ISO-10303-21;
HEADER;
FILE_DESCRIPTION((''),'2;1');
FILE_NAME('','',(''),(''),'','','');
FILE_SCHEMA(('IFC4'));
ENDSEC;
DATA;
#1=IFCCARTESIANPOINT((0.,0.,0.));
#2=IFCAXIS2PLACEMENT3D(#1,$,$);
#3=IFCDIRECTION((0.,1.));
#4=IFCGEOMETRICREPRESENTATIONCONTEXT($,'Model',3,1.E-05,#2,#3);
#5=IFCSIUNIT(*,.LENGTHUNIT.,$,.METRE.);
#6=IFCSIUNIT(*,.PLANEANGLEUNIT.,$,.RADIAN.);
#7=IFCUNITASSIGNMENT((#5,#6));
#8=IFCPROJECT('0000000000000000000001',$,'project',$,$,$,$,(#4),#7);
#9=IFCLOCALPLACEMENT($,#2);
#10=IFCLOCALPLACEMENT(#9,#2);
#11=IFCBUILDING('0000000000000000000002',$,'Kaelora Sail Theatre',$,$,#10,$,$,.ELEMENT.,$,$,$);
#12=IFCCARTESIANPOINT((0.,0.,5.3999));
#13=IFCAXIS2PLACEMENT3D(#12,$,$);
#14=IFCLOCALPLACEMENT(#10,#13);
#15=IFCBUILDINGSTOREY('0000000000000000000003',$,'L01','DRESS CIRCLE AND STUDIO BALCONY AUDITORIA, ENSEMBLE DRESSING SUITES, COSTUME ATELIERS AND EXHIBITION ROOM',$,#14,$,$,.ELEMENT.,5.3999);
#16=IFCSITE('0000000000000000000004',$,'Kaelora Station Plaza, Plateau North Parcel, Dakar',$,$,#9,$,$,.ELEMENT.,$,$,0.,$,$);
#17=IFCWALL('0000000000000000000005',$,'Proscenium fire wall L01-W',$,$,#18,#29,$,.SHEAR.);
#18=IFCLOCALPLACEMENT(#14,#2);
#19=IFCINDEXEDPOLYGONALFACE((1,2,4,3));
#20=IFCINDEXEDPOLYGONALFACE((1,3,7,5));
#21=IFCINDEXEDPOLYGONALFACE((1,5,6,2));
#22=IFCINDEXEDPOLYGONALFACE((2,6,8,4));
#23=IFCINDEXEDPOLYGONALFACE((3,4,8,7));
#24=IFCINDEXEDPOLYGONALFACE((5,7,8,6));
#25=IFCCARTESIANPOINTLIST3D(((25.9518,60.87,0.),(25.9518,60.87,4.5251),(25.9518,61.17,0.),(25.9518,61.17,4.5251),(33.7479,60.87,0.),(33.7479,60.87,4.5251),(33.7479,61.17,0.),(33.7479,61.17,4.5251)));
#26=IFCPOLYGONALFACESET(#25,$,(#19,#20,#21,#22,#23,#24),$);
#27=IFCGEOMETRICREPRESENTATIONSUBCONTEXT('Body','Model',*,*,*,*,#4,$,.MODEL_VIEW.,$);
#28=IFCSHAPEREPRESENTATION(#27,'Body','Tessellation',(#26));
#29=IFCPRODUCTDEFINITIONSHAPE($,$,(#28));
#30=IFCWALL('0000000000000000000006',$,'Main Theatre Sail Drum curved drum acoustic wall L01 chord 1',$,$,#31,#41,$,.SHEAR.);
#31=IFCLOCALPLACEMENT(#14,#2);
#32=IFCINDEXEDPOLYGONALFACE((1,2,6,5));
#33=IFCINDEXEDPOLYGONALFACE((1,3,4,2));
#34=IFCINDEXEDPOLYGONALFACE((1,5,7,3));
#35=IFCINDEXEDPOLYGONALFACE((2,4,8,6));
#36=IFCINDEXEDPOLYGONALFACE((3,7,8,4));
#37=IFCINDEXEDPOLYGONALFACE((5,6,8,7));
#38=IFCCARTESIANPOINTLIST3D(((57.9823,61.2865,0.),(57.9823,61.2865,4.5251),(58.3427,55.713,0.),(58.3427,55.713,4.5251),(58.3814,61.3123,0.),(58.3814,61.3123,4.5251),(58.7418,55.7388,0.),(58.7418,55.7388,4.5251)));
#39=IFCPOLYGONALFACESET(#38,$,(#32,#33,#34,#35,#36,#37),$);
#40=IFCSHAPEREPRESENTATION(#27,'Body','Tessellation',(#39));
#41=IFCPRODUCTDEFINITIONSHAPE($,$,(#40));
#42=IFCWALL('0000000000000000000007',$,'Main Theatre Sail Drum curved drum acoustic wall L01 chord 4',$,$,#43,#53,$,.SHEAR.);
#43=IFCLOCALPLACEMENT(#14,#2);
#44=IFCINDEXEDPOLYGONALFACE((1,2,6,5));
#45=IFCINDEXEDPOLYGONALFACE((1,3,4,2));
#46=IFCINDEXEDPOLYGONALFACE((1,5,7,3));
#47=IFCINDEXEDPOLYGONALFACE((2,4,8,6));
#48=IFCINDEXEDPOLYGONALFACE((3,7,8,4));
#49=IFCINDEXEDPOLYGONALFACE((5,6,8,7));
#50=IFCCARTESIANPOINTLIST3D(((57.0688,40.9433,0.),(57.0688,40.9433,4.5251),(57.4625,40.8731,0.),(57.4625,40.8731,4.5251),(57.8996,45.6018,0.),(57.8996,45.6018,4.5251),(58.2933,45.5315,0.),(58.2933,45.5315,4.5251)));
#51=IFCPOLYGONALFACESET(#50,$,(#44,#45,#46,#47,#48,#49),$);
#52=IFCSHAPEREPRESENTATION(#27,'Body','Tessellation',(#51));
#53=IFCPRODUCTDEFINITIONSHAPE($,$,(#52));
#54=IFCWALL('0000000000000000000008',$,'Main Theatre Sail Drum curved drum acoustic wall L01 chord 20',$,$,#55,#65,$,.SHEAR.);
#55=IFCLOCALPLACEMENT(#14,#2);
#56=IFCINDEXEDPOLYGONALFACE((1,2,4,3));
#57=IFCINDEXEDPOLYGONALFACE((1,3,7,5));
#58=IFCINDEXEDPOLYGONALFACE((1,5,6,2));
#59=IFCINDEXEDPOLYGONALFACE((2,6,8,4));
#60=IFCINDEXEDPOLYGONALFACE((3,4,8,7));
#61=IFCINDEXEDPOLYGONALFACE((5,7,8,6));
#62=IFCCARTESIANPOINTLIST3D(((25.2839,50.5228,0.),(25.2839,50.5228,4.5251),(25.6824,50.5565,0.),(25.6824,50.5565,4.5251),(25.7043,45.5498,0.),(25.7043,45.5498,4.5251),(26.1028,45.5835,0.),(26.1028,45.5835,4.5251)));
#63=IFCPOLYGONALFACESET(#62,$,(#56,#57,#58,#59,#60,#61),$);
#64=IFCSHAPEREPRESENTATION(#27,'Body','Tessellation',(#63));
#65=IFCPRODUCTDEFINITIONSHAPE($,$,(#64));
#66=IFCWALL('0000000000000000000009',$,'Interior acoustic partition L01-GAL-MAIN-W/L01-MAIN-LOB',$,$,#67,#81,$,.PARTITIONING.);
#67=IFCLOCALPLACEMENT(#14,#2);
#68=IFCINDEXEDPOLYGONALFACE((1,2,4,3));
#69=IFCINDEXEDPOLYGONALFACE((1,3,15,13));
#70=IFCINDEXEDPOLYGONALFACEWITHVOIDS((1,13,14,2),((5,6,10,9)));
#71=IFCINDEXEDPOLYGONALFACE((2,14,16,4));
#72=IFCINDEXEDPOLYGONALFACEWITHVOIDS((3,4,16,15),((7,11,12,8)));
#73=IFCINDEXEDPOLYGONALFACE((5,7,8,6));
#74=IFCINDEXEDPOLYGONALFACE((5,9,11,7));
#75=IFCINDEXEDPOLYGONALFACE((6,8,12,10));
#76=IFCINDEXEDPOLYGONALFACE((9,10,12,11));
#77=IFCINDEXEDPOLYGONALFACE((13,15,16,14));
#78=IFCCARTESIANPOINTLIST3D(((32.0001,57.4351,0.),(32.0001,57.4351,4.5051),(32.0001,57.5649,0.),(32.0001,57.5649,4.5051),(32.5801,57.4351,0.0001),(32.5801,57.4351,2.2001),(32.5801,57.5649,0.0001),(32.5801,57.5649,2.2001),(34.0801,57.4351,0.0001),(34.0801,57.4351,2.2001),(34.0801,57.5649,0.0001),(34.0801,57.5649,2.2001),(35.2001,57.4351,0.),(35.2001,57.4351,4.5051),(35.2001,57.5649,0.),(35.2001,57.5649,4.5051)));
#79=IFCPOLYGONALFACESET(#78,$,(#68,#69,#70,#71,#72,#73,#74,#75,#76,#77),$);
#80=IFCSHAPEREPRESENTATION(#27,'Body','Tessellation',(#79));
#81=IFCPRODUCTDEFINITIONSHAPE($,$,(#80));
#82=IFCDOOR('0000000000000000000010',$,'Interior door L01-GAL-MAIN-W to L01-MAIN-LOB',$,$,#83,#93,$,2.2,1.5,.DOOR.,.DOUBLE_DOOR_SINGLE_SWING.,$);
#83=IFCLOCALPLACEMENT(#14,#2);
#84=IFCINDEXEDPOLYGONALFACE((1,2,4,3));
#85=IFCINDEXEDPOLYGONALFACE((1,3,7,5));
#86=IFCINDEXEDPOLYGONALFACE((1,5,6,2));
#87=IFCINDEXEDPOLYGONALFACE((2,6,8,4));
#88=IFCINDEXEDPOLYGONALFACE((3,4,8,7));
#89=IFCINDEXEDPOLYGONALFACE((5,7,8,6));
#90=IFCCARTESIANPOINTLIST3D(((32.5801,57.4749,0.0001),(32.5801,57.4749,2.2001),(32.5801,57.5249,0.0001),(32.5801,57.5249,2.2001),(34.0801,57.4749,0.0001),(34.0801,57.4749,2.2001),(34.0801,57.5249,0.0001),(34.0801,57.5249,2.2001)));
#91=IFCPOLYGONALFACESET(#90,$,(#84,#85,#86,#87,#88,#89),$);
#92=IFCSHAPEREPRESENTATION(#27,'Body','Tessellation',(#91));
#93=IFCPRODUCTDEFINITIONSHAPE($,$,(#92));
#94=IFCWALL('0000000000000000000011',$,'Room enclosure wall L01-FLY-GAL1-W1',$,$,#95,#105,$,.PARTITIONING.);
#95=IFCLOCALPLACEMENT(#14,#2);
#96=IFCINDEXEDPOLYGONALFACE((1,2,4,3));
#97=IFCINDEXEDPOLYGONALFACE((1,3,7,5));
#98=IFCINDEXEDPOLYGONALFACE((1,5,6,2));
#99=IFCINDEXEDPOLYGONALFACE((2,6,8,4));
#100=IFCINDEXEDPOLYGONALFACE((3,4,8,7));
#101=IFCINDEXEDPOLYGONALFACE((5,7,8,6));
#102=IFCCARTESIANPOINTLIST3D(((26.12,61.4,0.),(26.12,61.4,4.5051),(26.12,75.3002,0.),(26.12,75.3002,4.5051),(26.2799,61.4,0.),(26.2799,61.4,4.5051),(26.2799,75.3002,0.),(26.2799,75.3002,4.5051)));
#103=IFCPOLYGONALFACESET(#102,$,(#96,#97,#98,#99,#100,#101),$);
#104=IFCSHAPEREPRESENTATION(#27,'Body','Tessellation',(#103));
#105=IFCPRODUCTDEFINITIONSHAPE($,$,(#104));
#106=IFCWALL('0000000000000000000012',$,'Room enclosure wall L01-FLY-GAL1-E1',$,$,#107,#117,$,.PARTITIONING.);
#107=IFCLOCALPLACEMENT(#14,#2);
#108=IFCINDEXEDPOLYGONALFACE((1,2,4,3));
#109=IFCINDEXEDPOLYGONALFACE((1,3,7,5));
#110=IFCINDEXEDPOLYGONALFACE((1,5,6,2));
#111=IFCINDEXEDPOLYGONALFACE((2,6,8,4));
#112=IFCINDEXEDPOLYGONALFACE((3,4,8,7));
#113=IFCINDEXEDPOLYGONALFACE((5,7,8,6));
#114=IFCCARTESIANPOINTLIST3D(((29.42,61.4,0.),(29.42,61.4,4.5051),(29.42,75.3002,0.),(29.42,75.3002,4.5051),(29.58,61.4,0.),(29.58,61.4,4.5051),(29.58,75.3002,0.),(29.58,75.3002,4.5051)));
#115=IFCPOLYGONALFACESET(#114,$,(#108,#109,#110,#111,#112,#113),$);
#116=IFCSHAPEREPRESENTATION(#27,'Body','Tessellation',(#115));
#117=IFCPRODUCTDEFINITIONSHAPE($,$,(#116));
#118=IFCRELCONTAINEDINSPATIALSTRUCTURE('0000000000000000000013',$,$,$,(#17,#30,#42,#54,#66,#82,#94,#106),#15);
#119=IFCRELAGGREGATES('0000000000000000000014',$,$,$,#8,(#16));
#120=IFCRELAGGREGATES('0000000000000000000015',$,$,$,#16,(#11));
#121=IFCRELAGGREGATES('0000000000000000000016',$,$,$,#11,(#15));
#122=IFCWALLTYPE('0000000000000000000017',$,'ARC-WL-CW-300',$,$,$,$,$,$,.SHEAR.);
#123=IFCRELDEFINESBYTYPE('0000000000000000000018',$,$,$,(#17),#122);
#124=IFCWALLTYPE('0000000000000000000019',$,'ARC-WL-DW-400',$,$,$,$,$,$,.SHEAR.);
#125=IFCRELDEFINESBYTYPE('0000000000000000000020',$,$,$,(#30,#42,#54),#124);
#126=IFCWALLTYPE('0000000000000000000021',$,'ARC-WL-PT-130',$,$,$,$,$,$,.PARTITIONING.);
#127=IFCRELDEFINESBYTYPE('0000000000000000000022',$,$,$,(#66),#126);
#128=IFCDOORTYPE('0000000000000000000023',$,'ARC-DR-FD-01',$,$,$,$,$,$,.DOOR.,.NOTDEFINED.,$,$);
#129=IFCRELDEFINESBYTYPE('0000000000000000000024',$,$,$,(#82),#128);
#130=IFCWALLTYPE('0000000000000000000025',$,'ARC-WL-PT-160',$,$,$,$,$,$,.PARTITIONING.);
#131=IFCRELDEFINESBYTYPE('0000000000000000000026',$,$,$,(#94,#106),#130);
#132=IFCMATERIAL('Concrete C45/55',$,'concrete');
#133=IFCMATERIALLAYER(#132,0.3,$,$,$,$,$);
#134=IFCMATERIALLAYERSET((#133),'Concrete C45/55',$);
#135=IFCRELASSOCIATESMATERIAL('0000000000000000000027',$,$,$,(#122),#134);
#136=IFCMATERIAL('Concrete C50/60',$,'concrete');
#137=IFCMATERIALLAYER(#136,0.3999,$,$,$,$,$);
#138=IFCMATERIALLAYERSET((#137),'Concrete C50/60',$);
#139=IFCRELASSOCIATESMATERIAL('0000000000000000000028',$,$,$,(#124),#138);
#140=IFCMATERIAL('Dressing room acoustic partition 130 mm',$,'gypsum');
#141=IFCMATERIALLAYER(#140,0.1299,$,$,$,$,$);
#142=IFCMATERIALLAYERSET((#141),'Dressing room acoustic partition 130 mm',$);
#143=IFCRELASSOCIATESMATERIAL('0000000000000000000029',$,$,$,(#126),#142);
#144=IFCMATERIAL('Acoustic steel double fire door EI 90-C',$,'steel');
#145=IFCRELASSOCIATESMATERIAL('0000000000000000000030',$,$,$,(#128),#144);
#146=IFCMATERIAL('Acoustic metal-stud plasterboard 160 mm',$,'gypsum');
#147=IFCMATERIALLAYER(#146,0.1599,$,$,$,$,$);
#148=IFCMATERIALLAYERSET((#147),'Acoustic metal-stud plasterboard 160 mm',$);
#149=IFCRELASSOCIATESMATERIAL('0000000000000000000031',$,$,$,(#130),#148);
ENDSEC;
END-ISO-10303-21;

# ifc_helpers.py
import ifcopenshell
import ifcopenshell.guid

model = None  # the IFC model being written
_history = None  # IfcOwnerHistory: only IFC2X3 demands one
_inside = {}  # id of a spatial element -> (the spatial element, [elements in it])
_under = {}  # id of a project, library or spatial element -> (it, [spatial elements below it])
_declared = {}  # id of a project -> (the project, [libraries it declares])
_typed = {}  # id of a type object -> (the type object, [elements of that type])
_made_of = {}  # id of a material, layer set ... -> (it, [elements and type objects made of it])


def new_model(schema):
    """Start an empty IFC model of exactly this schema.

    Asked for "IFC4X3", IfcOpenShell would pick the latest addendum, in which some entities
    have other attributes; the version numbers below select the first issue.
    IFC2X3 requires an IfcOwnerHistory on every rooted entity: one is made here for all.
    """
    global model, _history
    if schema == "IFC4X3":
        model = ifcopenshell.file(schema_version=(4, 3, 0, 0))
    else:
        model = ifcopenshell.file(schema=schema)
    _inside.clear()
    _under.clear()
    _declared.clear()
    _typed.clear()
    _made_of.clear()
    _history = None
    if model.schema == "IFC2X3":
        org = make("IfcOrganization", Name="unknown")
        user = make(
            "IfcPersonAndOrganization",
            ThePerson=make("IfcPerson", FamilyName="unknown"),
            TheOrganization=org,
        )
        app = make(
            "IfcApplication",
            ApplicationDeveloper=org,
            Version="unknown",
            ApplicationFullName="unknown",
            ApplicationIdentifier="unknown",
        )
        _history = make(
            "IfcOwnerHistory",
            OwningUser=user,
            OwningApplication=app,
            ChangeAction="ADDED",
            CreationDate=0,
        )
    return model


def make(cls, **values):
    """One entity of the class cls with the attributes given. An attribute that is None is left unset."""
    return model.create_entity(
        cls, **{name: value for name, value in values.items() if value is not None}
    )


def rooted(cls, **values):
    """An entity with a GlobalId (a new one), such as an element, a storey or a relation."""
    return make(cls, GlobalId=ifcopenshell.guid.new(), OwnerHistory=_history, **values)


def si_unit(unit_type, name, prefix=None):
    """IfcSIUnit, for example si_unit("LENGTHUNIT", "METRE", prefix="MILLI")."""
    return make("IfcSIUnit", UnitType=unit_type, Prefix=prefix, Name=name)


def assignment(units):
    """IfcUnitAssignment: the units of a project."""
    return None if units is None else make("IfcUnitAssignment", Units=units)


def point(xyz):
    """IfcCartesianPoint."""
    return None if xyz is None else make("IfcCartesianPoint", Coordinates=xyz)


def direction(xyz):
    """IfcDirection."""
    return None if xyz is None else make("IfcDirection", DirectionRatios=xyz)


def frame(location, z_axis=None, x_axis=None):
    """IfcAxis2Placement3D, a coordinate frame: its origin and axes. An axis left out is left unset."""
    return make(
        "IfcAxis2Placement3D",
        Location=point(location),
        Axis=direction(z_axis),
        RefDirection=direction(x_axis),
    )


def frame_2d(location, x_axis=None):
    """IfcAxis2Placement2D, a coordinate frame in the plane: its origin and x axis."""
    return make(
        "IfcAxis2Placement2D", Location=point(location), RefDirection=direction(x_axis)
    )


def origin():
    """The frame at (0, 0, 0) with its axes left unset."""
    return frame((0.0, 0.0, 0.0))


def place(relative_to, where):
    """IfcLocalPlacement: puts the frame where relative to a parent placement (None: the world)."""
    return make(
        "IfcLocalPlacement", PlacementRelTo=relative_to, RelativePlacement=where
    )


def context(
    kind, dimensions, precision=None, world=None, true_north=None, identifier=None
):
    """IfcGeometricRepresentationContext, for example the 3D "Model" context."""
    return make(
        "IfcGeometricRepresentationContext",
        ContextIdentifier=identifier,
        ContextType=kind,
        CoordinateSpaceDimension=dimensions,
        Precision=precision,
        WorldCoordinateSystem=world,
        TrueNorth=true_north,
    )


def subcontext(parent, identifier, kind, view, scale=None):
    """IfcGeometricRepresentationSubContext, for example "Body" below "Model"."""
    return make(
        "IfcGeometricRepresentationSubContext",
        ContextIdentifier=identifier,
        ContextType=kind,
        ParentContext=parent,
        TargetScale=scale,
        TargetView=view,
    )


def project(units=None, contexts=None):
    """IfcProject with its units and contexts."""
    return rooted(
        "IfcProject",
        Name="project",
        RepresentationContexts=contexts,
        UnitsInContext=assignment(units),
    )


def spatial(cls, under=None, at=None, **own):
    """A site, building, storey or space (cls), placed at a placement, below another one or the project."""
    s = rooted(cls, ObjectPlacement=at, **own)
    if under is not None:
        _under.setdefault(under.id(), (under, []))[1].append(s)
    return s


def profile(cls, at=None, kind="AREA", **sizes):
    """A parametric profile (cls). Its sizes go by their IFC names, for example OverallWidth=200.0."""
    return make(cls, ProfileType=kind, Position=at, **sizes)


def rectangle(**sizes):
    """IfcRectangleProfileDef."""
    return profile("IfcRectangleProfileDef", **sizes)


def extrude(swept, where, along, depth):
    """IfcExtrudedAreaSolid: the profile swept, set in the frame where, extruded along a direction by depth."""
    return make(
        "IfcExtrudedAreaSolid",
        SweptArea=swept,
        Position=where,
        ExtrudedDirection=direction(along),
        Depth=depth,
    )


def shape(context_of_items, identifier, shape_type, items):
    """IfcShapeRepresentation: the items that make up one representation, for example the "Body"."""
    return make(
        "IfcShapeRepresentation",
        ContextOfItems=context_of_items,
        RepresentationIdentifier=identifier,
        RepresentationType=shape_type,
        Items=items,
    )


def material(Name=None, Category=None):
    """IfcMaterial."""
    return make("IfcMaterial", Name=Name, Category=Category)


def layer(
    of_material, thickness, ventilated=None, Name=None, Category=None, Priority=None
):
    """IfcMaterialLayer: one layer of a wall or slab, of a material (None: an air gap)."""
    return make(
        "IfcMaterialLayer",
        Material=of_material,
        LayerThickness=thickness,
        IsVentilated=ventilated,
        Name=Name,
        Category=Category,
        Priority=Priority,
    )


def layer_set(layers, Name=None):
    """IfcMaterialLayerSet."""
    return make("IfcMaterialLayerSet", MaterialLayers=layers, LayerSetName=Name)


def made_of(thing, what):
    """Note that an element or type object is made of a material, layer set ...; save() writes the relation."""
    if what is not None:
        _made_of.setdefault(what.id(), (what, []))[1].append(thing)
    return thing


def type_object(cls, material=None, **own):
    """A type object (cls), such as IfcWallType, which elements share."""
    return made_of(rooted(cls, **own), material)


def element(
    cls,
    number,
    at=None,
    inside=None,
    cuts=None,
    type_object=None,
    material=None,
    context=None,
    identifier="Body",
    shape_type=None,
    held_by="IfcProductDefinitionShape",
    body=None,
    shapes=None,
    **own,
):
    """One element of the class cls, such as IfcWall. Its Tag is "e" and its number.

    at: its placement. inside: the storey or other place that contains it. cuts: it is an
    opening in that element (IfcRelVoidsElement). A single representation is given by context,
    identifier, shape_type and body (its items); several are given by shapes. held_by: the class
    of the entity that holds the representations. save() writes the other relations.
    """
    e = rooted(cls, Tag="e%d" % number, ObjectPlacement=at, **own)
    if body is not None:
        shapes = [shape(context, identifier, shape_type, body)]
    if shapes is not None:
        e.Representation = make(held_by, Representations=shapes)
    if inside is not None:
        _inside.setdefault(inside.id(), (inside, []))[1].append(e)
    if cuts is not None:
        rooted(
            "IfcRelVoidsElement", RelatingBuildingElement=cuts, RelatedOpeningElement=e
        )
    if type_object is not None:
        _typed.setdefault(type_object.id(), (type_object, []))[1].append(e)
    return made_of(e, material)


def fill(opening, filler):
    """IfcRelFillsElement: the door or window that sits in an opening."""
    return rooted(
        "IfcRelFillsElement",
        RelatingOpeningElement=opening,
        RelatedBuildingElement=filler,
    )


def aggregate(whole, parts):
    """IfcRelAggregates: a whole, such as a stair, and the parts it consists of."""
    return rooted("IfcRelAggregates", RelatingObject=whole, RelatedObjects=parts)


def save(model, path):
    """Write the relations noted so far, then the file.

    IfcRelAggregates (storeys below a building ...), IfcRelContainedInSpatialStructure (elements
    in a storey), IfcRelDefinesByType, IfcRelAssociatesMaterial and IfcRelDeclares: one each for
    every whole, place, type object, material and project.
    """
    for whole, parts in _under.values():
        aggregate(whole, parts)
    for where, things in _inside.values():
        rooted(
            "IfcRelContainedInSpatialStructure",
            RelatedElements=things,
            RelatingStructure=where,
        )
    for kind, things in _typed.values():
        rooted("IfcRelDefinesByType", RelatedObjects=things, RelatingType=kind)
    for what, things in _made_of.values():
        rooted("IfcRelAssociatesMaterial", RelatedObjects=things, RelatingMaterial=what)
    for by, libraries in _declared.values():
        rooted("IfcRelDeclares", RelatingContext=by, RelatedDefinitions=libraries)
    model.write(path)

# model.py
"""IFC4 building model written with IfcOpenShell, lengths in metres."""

from ifc_helpers import new_model, si_unit, direction, frame, frame_2d, origin, place, context, subcontext, project, spatial, rectangle, extrude, material, layer, layer_set, type_object, element, fill, save


model = new_model("IFC4")

# Units and contexts
model_context = context("Model", 3, precision=1e-05, world=origin(), true_north=direction((0.0, 1.0)))
body_context = subcontext(model_context, "Body", "Model", "MODEL_VIEW")
ifc_project = project(units=[si_unit("LENGTHUNIT", "METRE"), si_unit("PLANEANGLEUNIT", "RADIAN")], contexts=[model_context])

# Site, building, storey
site_placement = place(None, origin())
site = spatial("IfcSite", under=ifc_project, at=site_placement, Name="Kaelora Station Plaza, Plateau North Parcel, Dakar", CompositionType="ELEMENT", RefElevation=0.0)
building_placement = place(site_placement, origin())
building = spatial("IfcBuilding", under=site, at=building_placement, Name="Kaelora Sail Theatre", CompositionType="ELEMENT")
storey_placement = place(building_placement, frame((0.0, 0.0, 5.3999)))
storey = spatial("IfcBuildingStorey", under=building, at=storey_placement, Name="L01", Description="DRESS CIRCLE AND STUDIO BALCONY AUDITORIA, ENSEMBLE DRESSING SUITES, COSTUME ATELIERS AND EXHIBITION ROOM", CompositionType="ELEMENT", Elevation=5.3999)

# Wall
ifc_material_1 = material(Name="Concrete C45/55", Category="concrete")
ifc_layer_1 = layer(ifc_material_1, 0.3)
ifc_layer_set_1 = layer_set([ifc_layer_1], Name="Concrete C45/55")
wall_type_1 = type_object("IfcWallType", Name="ARC-WL-CW-300", PredefinedType="SHEAR", material=ifc_layer_set_1)
wall_1_placement = place(storey_placement, frame((25.9519, 61.02, 0.0), z_axis=(0.0, 0.0, 1.0), x_axis=(1.0, 0.0, 0.0)))
element("IfcWall", 1, at=wall_1_placement, inside=storey, type_object=wall_type_1, Name="Proscenium fire wall L01-W", PredefinedType="SHEAR", context=body_context, shape_type="SweptSolid", body=[
    extrude(rectangle(XDim=7.7961, YDim=0.3, at=frame_2d((3.8979, 0.0))), origin(), (0.0, 0.0, 1.0), 4.5251),
])

# Walls
ifc_material_2 = material(Name="Concrete C50/60", Category="concrete")
ifc_layer_2 = layer(ifc_material_2, 0.3999)
ifc_layer_set_2 = layer_set([ifc_layer_2], Name="Concrete C50/60")
wall_type_2 = type_object("IfcWallType", Name="ARC-WL-DW-400", PredefinedType="SHEAR", material=ifc_layer_set_2)
wall_2_placement = place(storey_placement, frame((58.1819, 61.2993, 0.0), z_axis=(0.0, 0.0, 1.0), x_axis=(0.06452, -0.997916, 0.0)))
element("IfcWall", 2, at=wall_2_placement, inside=storey, type_object=wall_type_2, Name="Main Theatre Sail Drum curved drum acoustic wall L01 chord 1", PredefinedType="SHEAR", context=body_context, shape_type="SweptSolid", body=[
    extrude(rectangle(XDim=5.5852, YDim=0.3999, at=frame_2d((2.7925, 0.0))), origin(), (0.0, 0.0, 1.0), 4.5251),
])
wall_3_placement = place(storey_placement, frame((58.0964, 45.5667, 0.0), z_axis=(0.0, 0.0, 1.0), x_axis=(-0.175575, -0.984466, 0.0)))
element("IfcWall", 3, at=wall_3_placement, inside=storey, type_object=wall_type_2, Name="Main Theatre Sail Drum curved drum acoustic wall L01 chord 4", PredefinedType="SHEAR", context=body_context, shape_type="SweptSolid", body=[
    extrude(rectangle(XDim=4.7319, YDim=0.3999, at=frame_2d((2.366, 0.0))), origin(), (0.0, 0.0, 1.0), 4.5251),
])
wall_4_placement = place(storey_placement, frame((25.9036, 45.5667, 0.0), z_axis=(0.0, 0.0, 1.0), x_axis=(-0.08424, 0.996446, 0.0)))
element("IfcWall", 4, at=wall_4_placement, inside=storey, type_object=wall_type_2, Name="Main Theatre Sail Drum curved drum acoustic wall L01 chord 20", PredefinedType="SHEAR", context=body_context, shape_type="SweptSolid", body=[
    extrude(rectangle(XDim=4.9907, YDim=0.3999, at=frame_2d((2.4954, 0.0))), origin(), (0.0, 0.0, 1.0), 4.5251),
])

# Wall, opening, door
ifc_material_3 = material(Name="Dressing room acoustic partition 130 mm", Category="gypsum")
ifc_layer_3 = layer(ifc_material_3, 0.1299)
ifc_layer_set_3 = layer_set([ifc_layer_3], Name="Dressing room acoustic partition 130 mm")
wall_type_3 = type_object("IfcWallType", Name="ARC-WL-PT-130", PredefinedType="PARTITIONING", material=ifc_layer_set_3)
wall_5_placement = place(storey_placement, frame((32.0, 57.5, 0.0), z_axis=(0.0, 0.0, 1.0), x_axis=(1.0, 0.0, 0.0)))
wall_5 = element("IfcWall", 5, at=wall_5_placement, inside=storey, type_object=wall_type_3, Name="Interior acoustic partition L01-GAL-MAIN-W/L01-MAIN-LOB", PredefinedType="PARTITIONING", context=body_context, shape_type="SweptSolid", body=[
    extrude(rectangle(XDim=3.2, YDim=0.1299, at=frame_2d((1.6001, 0.0))), origin(), (0.0, 0.0, 1.0), 4.5051),
])
opening_1_placement = place(wall_5_placement, frame((0.5801, 0.0, 0.0)))
opening_1 = element("IfcOpeningElement", 6, at=opening_1_placement, cuts=wall_5, PredefinedType="OPENING", context=body_context, shape_type="SweptSolid", body=[
    extrude(rectangle(XDim=1.5, YDim=2.2, at=frame_2d((0.75, 1.1001))), frame((0.0, 0.0749, 0.0), z_axis=(0.0, -1.0, 0.0), x_axis=(1.0, 0.0, 0.0)), (0.0, 0.0, 1.0), 0.1499),
])
ifc_material_4 = material(Name="Acoustic steel double fire door EI 90-C", Category="steel")
door_type_1 = type_object("IfcDoorType", Name="ARC-DR-FD-01", OperationType="NOTDEFINED", PredefinedType="DOOR", material=ifc_material_4)
door_1_placement = place(opening_1_placement, origin())
door_1 = element("IfcDoor", 7, at=door_1_placement, inside=storey, type_object=door_type_1, Name="Interior door L01-GAL-MAIN-W to L01-MAIN-LOB", OperationType="DOUBLE_DOOR_SINGLE_SWING", OverallHeight=2.2, OverallWidth=1.5, PredefinedType="DOOR", context=body_context, shape_type="SweptSolid", body=[
    extrude(rectangle(XDim=1.5, YDim=2.2, at=frame_2d((0.75, 1.1001))), frame((0.0, 0.0249, 0.0), z_axis=(0.0, -1.0, 0.0), x_axis=(1.0, 0.0, 0.0)), (0.0, 0.0, 1.0), 0.05),
])
fill(opening_1, door_1)

# Walls
ifc_material_5 = material(Name="Acoustic metal-stud plasterboard 160 mm", Category="gypsum")
ifc_layer_4 = layer(ifc_material_5, 0.1599)
ifc_layer_set_4 = layer_set([ifc_layer_4], Name="Acoustic metal-stud plasterboard 160 mm")
wall_type_4 = type_object("IfcWallType", Name="ARC-WL-PT-160", PredefinedType="PARTITIONING", material=ifc_layer_set_4)
for number, where, z_axis, x_axis, name in (
    (8, (26.2, 61.3999, 0.0), (0.0, 0.0, 1.0), (0.0, 1.0, 0.0), "Room enclosure wall L01-FLY-GAL1-W1"),
    (9, (29.5, 61.3999, 0.0), (0.0, 0.0, 1.0), (0.0, 1.0, 0.0), "Room enclosure wall L01-FLY-GAL1-E1"),
):
    element("IfcWall", number, at=place(storey_placement, frame(where, z_axis=z_axis, x_axis=x_axis)), inside=storey, type_object=wall_type_4, Name=name, PredefinedType="PARTITIONING", context=body_context, shape_type="SweptSolid", body=[
        extrude(rectangle(XDim=13.9001, YDim=0.1599, at=frame_2d((6.9502, 0.0))), origin(), (0.0, 0.0, 1.0), 4.5051),
    ])

save(model, "model.ifc")
